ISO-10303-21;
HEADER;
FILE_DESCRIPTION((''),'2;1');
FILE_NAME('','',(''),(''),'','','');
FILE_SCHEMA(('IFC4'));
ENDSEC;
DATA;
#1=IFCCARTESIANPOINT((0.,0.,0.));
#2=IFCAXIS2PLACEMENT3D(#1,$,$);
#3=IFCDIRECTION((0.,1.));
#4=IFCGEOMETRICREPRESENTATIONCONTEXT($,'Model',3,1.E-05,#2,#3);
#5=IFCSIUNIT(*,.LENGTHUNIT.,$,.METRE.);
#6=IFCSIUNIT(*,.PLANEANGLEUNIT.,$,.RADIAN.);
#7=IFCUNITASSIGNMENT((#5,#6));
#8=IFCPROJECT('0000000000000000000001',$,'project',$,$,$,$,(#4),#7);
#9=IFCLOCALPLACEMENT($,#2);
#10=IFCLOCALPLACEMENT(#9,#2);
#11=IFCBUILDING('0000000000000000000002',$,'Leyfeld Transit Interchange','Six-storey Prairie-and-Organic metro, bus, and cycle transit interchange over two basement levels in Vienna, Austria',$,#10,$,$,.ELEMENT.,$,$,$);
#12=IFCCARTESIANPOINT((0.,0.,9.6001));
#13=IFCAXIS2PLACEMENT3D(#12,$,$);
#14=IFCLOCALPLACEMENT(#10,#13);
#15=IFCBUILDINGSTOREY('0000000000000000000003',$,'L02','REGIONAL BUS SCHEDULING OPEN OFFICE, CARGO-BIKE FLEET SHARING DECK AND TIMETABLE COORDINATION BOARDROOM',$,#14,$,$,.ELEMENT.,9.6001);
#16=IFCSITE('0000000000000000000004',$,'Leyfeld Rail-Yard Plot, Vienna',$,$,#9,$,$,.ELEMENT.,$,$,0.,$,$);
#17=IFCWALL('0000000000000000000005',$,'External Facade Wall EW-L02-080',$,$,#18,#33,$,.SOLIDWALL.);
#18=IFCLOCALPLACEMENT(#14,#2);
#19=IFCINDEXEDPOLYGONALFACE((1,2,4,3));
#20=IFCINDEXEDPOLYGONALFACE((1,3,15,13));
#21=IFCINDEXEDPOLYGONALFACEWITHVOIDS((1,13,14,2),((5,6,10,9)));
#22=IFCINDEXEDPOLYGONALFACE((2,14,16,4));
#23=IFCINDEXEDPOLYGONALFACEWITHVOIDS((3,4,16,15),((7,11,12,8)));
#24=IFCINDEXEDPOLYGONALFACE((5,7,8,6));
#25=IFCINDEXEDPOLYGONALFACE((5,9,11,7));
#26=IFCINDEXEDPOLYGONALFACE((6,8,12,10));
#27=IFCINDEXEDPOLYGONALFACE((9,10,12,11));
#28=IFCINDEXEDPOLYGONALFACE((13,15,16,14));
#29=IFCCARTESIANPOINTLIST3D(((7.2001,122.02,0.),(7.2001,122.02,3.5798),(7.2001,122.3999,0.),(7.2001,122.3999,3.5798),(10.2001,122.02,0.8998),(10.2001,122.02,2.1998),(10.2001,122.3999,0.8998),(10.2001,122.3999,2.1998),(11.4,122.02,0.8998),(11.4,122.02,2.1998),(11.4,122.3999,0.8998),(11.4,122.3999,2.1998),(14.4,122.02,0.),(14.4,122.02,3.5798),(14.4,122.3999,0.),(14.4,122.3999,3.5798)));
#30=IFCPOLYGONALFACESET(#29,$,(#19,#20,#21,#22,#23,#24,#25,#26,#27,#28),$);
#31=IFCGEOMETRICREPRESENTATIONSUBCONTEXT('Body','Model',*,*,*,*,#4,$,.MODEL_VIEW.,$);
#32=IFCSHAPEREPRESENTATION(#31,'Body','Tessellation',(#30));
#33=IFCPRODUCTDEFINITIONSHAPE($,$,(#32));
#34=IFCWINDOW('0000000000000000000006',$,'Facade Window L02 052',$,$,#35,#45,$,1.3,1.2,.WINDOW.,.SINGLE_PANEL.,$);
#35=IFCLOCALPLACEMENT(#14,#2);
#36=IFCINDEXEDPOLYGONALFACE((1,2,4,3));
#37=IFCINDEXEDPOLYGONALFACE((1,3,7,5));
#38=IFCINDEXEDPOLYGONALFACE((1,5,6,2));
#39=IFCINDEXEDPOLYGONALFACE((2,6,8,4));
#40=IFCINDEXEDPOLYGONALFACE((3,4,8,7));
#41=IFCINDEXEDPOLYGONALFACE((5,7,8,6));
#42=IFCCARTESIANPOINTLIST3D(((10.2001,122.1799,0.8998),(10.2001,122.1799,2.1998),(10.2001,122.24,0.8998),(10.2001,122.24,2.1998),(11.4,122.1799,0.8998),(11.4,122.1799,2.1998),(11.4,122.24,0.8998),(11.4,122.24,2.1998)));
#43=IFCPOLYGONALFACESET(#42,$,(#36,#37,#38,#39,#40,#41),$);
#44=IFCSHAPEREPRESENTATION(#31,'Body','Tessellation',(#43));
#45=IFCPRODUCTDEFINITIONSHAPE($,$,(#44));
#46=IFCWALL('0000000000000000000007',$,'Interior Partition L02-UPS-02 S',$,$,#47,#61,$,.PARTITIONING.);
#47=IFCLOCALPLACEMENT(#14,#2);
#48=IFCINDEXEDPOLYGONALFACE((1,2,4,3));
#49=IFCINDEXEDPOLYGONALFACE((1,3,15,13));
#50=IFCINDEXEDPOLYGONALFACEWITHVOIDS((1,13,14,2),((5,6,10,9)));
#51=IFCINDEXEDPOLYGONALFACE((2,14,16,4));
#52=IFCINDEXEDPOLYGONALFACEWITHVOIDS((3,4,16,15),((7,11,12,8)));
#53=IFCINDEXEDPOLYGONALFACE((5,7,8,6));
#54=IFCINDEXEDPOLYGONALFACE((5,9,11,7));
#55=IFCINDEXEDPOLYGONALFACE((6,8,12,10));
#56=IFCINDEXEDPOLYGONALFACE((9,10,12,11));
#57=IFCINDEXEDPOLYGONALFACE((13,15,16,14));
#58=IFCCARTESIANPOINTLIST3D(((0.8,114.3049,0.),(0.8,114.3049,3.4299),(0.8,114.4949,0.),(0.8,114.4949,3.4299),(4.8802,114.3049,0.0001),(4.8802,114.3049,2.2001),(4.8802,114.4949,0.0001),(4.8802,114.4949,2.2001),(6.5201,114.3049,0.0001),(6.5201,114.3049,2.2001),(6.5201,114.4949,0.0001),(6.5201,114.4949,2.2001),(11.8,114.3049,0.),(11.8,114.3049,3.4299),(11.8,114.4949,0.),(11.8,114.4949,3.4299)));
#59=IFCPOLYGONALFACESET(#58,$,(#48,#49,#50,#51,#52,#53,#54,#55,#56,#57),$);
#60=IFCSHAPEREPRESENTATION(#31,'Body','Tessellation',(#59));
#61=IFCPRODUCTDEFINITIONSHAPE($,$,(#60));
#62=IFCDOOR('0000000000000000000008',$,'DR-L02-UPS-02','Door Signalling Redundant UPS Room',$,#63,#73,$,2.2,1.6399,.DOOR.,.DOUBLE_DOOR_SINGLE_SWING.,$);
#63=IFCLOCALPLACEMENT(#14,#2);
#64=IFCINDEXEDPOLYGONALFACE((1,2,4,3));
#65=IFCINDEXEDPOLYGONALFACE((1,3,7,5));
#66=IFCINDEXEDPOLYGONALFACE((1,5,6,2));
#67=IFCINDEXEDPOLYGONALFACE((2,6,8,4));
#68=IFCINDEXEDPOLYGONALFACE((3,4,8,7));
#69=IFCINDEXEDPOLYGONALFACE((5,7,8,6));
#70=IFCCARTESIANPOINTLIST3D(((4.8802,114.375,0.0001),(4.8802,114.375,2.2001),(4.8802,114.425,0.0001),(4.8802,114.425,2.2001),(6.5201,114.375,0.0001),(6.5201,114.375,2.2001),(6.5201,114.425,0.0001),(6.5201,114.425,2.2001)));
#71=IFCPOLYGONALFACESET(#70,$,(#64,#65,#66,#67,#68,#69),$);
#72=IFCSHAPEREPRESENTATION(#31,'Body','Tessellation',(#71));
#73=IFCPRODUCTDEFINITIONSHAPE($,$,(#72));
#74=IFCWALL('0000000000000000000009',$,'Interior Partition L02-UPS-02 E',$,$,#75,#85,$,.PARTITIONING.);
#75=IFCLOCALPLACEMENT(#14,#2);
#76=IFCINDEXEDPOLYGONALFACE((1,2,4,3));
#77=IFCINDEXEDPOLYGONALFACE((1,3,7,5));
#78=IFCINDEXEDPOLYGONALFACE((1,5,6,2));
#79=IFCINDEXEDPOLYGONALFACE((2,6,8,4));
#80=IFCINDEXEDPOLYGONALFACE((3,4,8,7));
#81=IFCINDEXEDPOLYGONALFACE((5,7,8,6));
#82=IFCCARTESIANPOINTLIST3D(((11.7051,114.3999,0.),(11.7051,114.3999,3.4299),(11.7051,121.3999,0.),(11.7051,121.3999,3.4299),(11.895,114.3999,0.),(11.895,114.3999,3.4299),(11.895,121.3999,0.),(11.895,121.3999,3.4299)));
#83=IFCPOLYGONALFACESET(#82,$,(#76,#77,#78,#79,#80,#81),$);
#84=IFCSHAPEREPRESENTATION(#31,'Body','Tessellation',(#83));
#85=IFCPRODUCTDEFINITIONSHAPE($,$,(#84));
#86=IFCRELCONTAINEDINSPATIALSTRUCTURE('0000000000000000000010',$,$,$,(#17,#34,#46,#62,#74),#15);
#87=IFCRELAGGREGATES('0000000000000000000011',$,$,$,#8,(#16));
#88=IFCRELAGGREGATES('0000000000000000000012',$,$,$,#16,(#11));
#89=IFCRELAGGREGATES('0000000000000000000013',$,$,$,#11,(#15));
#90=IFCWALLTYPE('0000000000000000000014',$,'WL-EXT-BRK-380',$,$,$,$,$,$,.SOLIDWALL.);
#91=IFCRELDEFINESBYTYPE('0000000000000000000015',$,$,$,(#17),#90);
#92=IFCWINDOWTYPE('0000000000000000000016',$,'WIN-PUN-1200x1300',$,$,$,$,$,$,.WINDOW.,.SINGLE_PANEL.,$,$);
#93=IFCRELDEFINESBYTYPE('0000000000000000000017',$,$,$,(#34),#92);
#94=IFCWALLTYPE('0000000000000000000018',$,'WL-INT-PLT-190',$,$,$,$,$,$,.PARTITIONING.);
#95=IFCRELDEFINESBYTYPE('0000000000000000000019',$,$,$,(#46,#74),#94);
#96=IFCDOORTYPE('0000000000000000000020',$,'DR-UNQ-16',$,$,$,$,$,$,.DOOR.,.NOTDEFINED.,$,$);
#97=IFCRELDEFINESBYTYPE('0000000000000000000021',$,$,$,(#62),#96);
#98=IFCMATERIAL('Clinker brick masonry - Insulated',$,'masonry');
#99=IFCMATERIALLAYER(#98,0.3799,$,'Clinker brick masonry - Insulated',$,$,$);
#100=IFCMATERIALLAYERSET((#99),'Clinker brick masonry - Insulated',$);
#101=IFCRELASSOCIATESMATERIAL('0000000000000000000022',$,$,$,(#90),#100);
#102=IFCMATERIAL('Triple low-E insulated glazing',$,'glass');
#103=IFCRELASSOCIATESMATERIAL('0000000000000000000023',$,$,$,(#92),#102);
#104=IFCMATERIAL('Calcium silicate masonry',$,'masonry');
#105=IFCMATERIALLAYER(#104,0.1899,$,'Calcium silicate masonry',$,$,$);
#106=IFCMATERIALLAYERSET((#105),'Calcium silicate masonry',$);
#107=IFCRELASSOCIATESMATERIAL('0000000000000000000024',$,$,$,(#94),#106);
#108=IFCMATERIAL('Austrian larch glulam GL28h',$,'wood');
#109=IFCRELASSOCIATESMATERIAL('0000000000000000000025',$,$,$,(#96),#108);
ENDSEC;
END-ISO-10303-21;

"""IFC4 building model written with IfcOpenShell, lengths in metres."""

from ifc_helpers import new_model, si_unit, direction, frame, frame_2d, origin, place, context, subcontext, project, spatial, rectangle, extrude, material, layer, layer_set, type_object, element, fill, save


model = new_model("IFC4")

# Units and contexts
model_context = context("Model", 3, precision=1e-05, world=origin(), true_north=direction((0.0, 1.0)))
body_context = subcontext(model_context, "Body", "Model", "MODEL_VIEW")
ifc_project = project(units=[si_unit("LENGTHUNIT", "METRE"), si_unit("PLANEANGLEUNIT", "RADIAN")], contexts=[model_context])

# Site, building, storey
site_placement = place(None, origin())
site = spatial("IfcSite", under=ifc_project, at=site_placement, Name="Leyfeld Rail-Yard Plot, Vienna", CompositionType="ELEMENT", RefElevation=0.0)
building_placement = place(site_placement, origin())
building = spatial("IfcBuilding", under=site, at=building_placement, Name="Leyfeld Transit Interchange", Description="Six-storey Prairie-and-Organic metro, bus, and cycle transit interchange over two basement levels in Vienna, Austria", CompositionType="ELEMENT")
storey_placement = place(building_placement, frame((0.0, 0.0, 9.6001)))
storey = spatial("IfcBuildingStorey", under=building, at=storey_placement, Name="L02", Description="REGIONAL BUS SCHEDULING OPEN OFFICE, CARGO-BIKE FLEET SHARING DECK AND TIMETABLE COORDINATION BOARDROOM", CompositionType="ELEMENT", Elevation=9.6001)

# Wall, opening, window
ifc_material_1 = material(Name="Clinker brick masonry - Insulated", Category="masonry")
ifc_layer_1 = layer(ifc_material_1, 0.3799, Name="Clinker brick masonry - Insulated")
ifc_layer_set_1 = layer_set([ifc_layer_1], Name="Clinker brick masonry - Insulated")
wall_type_1 = type_object("IfcWallType", Name="WL-EXT-BRK-380", PredefinedType="SOLIDWALL", material=ifc_layer_set_1)
ifc_material_2 = material(Name="Triple low-E insulated glazing", Category="glass")
wall_1_placement = place(storey_placement, frame((7.2, 122.21, 0.0), z_axis=(0.0, 0.0, 1.0), x_axis=(1.0, 0.0, 0.0)))
wall_1 = element("IfcWall", 1, at=wall_1_placement, inside=storey, type_object=wall_type_1, Name="External Facade Wall EW-L02-080", PredefinedType="SOLIDWALL", context=body_context, shape_type="SweptSolid", body=[
    extrude(rectangle(XDim=7.2, YDim=0.3799, at=frame_2d((3.6001, 0.0))), origin(), (0.0, 0.0, 1.0), 3.5798),
])
opening_1_placement = place(wall_1_placement, frame((3.0, 0.0, 0.8999)))
opening_1 = element("IfcOpeningElement", 2, at=opening_1_placement, cuts=wall_1, PredefinedType="OPENING", context=body_context, shape_type="SweptSolid", body=[
    extrude(rectangle(XDim=1.2, YDim=1.3, at=frame_2d((0.6001, 0.6499))), frame((0.0, 0.2, 0.0), z_axis=(0.0, -1.0, 0.0), x_axis=(1.0, 0.0, 0.0)), (0.0, 0.0, 1.0), 0.3999),
])
window_type_1 = type_object("IfcWindowType", Name="WIN-PUN-1200x1300", PartitioningType="SINGLE_PANEL", PredefinedType="WINDOW", material=ifc_material_2)
window_1_placement = place(opening_1_placement, origin())
window_1 = element("IfcWindow", 3, at=window_1_placement, inside=storey, type_object=window_type_1, Name="Facade Window L02 052", OverallHeight=1.3, OverallWidth=1.2, PartitioningType="SINGLE_PANEL", PredefinedType="WINDOW", context=body_context, shape_type="SweptSolid", body=[
    extrude(rectangle(XDim=1.2, YDim=1.3, at=frame_2d((0.6001, 0.6499))), frame((0.0, 0.03, 0.0), z_axis=(0.0, -1.0, 0.0), x_axis=(1.0, 0.0, 0.0)), (0.0, 0.0, 1.0), 0.0601),
])
fill(opening_1, window_1)

# Wall, opening, door
ifc_material_3 = material(Name="Calcium silicate masonry", Category="masonry")
ifc_layer_2 = layer(ifc_material_3, 0.1899, Name="Calcium silicate masonry")
ifc_layer_set_2 = layer_set([ifc_layer_2], Name="Calcium silicate masonry")
wall_type_2 = type_object("IfcWallType", Name="WL-INT-PLT-190", PredefinedType="PARTITIONING", material=ifc_layer_set_2)
wall_2_placement = place(storey_placement, frame((11.8, 114.3999, 0.0), z_axis=(0.0, 0.0, 1.0), x_axis=(-1.0, 0.0, 0.0)))
wall_2 = element("IfcWall", 4, at=wall_2_placement, inside=storey, type_object=wall_type_2, Name="Interior Partition L02-UPS-02 S", PredefinedType="PARTITIONING", context=body_context, shape_type="SweptSolid", body=[
    extrude(rectangle(XDim=11.0, YDim=0.1899, at=frame_2d((5.5, 0.0))), origin(), (0.0, 0.0, 1.0), 3.4299),
])
opening_2_placement = place(wall_2_placement, frame((5.28, 0.0, 0.0)))
opening_2 = element("IfcOpeningElement", 5, at=opening_2_placement, cuts=wall_2, PredefinedType="OPENING", context=body_context, shape_type="SweptSolid", body=[
    extrude(rectangle(XDim=1.6399, YDim=2.2, at=frame_2d((0.8198, 1.1001))), frame((0.0, 0.105, 0.0), z_axis=(0.0, -1.0, 0.0), x_axis=(1.0, 0.0, 0.0)), (0.0, 0.0, 1.0), 0.21),
])
ifc_material_4 = material(Name="Austrian larch glulam GL28h", Category="wood")
door_type = type_object("IfcDoorType", Name="DR-UNQ-16", OperationType="NOTDEFINED", PredefinedType="DOOR", material=ifc_material_4)
door_placement = place(opening_2_placement, origin())
door = element("IfcDoor", 6, at=door_placement, inside=storey, type_object=door_type, Name="DR-L02-UPS-02", Description="Door Signalling Redundant UPS Room", OperationType="DOUBLE_DOOR_SINGLE_SWING", OverallHeight=2.2, OverallWidth=1.6399, PredefinedType="DOOR", context=body_context, shape_type="SweptSolid", body=[
    extrude(rectangle(XDim=1.6399, YDim=2.2, at=frame_2d((0.8198, 1.1001))), frame((0.0, 0.0249, 0.0), z_axis=(0.0, -1.0, 0.0), x_axis=(1.0, 0.0, 0.0)), (0.0, 0.0, 1.0), 0.05),
])
fill(opening_2, door)

# Wall
wall_3_placement = place(storey_placement, frame((11.8, 121.3999, 0.0), z_axis=(0.0, 0.0, 1.0), x_axis=(0.0, -1.0, 0.0)))
element("IfcWall", 7, at=wall_3_placement, inside=storey, type_object=wall_type_2, Name="Interior Partition L02-UPS-02 E", PredefinedType="PARTITIONING", context=body_context, shape_type="SweptSolid", body=[
    extrude(rectangle(XDim=7.0, YDim=0.1899, at=frame_2d((3.5, 0.0))), origin(), (0.0, 0.0, 1.0), 3.4299),
])

save(model, "model.ifc")
